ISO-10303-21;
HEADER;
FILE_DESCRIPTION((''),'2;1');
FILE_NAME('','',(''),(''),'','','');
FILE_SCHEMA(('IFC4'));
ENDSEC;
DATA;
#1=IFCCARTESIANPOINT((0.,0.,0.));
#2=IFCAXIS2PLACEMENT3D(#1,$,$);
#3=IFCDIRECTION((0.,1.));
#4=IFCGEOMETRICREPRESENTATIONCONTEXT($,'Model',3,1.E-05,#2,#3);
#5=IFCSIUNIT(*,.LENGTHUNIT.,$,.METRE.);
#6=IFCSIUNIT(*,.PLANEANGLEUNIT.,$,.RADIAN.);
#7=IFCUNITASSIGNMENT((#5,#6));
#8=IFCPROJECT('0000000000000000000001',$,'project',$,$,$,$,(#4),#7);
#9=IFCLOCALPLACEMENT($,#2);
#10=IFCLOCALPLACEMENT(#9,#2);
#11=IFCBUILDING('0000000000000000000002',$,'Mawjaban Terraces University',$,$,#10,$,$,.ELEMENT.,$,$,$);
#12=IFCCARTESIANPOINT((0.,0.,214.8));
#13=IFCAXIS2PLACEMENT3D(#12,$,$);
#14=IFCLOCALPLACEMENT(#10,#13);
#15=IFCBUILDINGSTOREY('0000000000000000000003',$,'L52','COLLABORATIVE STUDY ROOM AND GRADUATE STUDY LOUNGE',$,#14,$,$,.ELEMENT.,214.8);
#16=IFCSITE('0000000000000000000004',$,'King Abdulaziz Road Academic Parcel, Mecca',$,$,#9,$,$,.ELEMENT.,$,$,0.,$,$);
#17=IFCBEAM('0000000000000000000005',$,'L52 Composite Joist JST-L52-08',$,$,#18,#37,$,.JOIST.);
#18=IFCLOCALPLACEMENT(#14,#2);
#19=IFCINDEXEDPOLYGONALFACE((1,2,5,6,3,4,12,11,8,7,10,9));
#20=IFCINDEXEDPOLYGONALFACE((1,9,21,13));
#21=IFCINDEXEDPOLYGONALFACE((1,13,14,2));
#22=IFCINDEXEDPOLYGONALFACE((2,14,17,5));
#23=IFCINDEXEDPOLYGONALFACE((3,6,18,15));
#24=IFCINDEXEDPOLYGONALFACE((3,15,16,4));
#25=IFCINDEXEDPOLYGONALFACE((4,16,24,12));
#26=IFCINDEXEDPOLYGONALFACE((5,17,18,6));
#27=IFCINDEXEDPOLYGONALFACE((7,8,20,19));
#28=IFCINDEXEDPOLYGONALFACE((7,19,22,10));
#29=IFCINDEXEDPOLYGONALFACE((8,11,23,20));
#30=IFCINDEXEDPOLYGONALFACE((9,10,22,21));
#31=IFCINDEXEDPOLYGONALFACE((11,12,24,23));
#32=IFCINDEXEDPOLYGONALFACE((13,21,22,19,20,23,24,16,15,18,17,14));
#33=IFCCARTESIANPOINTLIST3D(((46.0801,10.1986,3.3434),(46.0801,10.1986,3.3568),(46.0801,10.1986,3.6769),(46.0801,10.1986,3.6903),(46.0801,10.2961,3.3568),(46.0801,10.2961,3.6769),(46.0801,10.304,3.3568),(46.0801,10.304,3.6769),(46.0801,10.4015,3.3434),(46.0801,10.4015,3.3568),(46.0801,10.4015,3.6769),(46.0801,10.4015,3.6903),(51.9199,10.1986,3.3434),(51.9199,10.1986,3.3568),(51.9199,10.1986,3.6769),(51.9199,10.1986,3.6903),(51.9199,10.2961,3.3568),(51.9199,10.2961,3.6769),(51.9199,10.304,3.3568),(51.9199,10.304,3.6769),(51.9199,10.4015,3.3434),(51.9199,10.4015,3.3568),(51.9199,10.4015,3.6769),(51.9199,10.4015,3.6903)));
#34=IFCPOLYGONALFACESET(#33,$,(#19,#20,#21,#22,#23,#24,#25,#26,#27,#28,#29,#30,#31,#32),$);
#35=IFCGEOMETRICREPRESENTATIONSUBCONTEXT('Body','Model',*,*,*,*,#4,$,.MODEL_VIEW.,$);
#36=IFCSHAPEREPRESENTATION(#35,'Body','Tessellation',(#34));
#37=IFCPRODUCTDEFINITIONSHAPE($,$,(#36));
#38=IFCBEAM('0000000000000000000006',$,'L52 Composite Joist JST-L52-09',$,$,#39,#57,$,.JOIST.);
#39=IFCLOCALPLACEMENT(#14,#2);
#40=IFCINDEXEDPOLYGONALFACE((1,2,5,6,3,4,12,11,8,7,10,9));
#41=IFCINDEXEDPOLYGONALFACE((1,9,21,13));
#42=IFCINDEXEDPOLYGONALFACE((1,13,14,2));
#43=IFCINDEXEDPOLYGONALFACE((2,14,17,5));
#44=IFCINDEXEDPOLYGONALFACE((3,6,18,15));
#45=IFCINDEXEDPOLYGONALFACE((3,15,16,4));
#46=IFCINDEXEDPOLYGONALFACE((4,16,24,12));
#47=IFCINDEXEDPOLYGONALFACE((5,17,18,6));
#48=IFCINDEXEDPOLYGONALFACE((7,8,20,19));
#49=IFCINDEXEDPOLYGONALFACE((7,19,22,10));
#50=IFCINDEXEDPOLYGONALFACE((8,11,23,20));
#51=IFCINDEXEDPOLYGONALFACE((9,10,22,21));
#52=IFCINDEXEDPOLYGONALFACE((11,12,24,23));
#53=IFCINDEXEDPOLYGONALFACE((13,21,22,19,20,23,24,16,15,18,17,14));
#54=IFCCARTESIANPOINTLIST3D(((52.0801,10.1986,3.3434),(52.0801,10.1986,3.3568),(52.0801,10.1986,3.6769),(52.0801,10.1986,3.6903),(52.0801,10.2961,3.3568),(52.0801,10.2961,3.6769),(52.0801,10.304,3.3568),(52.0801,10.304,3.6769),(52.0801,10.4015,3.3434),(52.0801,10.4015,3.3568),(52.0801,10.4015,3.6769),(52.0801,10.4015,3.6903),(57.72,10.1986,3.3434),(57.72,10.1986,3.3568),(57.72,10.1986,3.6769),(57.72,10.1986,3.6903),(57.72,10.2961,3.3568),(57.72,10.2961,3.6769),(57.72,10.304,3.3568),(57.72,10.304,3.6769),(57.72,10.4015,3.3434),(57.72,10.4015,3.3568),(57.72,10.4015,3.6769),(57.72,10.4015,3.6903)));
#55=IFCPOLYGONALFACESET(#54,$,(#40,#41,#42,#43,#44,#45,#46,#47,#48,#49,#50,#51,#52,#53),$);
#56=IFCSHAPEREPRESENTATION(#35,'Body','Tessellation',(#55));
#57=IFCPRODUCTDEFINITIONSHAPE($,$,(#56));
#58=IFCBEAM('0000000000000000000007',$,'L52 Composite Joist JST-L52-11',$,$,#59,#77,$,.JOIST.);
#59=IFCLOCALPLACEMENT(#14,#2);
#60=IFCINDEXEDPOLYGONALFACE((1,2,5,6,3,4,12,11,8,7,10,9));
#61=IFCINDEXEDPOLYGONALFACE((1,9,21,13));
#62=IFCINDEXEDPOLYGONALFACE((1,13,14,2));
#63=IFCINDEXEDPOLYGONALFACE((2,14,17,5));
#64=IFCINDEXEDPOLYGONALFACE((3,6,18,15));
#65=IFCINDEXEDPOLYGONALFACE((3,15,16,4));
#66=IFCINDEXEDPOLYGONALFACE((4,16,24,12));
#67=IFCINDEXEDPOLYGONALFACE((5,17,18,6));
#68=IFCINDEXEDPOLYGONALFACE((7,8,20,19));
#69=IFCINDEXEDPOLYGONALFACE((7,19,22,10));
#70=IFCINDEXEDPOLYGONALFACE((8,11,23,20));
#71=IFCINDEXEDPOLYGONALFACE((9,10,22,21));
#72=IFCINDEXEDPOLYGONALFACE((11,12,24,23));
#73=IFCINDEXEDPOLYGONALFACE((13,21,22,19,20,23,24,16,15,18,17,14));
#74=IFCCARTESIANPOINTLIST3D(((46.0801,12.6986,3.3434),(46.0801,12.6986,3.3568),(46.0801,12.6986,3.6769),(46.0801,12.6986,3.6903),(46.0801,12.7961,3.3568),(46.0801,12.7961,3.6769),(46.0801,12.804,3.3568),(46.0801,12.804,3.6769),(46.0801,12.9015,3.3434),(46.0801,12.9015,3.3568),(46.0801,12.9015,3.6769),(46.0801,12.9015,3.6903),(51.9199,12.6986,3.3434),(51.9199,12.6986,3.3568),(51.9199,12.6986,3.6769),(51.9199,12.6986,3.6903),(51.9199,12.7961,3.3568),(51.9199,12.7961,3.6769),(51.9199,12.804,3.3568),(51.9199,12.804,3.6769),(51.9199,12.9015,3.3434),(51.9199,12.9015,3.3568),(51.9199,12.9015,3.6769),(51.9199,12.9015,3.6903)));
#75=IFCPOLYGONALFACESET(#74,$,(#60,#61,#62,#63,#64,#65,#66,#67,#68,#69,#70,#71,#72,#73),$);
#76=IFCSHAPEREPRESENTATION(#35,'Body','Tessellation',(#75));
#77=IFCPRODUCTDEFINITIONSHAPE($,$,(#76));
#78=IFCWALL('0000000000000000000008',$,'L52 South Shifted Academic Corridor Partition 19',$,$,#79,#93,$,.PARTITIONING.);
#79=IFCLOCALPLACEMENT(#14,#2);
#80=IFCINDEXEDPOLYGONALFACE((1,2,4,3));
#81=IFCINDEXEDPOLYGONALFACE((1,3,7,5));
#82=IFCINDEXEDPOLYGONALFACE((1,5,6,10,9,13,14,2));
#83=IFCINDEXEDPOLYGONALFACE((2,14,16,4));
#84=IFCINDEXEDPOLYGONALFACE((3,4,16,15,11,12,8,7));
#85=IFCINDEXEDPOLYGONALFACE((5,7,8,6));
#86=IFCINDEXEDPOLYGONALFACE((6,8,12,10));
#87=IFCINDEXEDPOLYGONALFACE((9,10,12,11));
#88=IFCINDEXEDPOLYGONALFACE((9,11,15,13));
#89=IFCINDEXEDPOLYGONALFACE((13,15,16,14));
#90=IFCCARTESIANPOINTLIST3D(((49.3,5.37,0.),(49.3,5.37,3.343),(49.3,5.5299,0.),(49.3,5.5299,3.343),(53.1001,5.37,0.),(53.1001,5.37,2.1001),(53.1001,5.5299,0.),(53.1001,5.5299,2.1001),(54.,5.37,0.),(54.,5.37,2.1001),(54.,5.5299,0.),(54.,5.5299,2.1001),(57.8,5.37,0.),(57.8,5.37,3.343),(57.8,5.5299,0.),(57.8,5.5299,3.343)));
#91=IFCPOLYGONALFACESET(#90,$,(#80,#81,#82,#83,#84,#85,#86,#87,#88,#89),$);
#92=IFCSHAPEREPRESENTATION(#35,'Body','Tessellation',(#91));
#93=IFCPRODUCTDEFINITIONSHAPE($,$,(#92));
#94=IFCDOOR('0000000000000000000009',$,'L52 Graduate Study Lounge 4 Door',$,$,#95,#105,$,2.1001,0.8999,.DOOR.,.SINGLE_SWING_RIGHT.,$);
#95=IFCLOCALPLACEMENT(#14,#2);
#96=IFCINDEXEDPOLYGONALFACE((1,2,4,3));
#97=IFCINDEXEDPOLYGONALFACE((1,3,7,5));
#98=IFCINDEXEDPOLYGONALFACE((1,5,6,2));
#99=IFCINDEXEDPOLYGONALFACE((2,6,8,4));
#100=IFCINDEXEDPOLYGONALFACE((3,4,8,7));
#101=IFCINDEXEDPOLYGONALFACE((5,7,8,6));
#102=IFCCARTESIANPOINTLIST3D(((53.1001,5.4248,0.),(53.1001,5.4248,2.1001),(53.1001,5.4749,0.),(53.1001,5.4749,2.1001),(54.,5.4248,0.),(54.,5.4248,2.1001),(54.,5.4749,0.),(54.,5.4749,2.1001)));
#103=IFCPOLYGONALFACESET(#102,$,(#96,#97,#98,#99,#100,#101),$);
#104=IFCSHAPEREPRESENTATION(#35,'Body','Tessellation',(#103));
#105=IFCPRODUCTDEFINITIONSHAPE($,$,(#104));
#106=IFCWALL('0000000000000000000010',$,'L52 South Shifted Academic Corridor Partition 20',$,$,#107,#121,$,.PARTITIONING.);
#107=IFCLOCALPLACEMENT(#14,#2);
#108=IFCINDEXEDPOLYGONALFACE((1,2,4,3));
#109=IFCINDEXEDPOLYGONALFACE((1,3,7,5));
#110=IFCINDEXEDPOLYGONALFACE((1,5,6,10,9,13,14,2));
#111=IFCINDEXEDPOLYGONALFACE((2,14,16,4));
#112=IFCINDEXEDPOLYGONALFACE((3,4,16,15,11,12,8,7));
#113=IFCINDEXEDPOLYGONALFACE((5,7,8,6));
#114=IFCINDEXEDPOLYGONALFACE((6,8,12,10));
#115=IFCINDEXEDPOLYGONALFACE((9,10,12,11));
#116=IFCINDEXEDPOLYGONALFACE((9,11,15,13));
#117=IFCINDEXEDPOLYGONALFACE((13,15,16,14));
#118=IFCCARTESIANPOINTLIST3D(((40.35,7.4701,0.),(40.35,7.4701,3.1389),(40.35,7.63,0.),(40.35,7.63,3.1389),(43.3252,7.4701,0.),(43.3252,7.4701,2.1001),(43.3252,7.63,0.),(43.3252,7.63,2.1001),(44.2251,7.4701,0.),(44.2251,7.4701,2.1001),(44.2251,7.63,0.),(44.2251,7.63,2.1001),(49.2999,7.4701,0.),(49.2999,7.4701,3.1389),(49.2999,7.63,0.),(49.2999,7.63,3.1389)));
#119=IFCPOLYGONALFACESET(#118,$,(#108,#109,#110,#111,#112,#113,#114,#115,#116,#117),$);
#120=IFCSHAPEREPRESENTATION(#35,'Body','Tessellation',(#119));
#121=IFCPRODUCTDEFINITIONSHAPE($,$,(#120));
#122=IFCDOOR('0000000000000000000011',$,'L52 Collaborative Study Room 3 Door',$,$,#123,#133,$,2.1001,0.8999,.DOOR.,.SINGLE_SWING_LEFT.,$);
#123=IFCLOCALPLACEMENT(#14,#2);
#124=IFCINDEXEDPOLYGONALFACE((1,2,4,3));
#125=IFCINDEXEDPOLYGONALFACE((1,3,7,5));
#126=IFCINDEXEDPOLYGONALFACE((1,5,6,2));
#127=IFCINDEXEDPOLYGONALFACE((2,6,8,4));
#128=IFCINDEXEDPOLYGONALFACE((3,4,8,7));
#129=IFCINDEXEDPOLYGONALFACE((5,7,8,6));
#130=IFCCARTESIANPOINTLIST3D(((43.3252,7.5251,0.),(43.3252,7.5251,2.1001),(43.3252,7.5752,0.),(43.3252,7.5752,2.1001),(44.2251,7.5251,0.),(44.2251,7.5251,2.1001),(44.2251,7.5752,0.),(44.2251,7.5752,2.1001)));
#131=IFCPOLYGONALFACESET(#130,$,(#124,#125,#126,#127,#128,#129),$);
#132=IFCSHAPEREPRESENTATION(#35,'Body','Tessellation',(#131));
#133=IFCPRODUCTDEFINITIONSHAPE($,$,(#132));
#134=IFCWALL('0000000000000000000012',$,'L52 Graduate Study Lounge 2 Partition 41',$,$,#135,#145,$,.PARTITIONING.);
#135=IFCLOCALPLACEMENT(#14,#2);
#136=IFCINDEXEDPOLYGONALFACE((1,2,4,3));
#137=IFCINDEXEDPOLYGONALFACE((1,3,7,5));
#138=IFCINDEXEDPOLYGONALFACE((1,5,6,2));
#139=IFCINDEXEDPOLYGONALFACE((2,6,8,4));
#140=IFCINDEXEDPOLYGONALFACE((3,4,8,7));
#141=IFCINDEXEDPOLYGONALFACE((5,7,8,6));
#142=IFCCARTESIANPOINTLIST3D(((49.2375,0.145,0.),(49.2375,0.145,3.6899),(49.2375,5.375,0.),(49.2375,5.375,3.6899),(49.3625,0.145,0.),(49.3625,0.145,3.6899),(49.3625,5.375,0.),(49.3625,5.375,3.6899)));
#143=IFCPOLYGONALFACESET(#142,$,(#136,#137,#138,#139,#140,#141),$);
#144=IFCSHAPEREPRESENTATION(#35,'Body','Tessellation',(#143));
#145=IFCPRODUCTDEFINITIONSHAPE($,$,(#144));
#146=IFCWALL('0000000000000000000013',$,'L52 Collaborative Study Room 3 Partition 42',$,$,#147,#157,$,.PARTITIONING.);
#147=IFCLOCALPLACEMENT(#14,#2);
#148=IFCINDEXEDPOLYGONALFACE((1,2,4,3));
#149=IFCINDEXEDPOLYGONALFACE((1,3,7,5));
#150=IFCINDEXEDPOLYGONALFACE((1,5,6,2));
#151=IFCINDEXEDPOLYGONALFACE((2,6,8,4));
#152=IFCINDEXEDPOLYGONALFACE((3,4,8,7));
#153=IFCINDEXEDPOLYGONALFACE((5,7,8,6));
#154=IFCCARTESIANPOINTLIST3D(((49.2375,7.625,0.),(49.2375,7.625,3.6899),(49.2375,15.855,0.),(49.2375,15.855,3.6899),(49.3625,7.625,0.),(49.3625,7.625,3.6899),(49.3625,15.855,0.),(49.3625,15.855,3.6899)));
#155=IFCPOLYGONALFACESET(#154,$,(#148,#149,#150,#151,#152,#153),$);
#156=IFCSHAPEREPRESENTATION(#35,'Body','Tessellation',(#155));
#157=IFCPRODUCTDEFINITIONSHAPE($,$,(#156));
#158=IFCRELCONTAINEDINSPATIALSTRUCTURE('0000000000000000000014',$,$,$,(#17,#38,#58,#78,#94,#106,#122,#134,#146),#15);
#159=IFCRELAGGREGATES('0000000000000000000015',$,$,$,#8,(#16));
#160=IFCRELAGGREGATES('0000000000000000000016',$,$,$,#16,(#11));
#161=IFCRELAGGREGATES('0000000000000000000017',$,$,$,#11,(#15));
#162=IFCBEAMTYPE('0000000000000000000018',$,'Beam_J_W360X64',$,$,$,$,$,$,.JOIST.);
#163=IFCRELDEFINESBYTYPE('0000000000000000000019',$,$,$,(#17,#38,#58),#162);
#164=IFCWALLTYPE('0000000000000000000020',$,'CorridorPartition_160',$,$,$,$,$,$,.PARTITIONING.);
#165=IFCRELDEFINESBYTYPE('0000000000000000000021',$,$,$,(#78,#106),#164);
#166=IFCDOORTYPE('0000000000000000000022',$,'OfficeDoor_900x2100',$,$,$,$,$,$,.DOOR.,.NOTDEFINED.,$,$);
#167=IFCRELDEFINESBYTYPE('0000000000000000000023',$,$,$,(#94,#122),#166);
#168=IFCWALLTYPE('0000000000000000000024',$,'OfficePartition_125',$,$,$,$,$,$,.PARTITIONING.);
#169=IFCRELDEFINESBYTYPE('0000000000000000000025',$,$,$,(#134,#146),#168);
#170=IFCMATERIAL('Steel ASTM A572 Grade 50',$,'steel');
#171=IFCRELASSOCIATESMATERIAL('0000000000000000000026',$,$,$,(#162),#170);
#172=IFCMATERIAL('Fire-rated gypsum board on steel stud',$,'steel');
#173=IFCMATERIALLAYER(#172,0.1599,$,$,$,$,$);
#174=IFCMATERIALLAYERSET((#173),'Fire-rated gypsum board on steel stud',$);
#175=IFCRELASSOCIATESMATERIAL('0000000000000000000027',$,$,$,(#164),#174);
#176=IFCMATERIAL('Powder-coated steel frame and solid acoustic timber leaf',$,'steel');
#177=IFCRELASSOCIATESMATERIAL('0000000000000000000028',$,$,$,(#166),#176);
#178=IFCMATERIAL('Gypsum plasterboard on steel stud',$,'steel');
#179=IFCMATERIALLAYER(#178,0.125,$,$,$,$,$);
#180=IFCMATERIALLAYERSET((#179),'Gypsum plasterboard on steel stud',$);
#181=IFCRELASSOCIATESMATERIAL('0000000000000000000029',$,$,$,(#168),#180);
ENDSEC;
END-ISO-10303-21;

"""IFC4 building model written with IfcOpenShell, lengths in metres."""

from ifc_helpers import new_model, si_unit, direction, frame, frame_2d, origin, origin_2d, place, context, subcontext, project, spatial, rectangle, i_section, extrude, material, layer, layer_set, material_profile, profile_set, type_object, element, fill, save


model = new_model("IFC4")

# Units and contexts
model_context = context("Model", 3, precision=1e-05, world=origin(), true_north=direction((0.0, 1.0)))
body_context = subcontext(model_context, "Body", "Model", "MODEL_VIEW")
ifc_project = project(units=[si_unit("LENGTHUNIT", "METRE"), si_unit("PLANEANGLEUNIT", "RADIAN")], contexts=[model_context])

# Site, building, storey
site_placement = place(None, origin())
site = spatial("IfcSite", under=ifc_project, at=site_placement, Name="King Abdulaziz Road Academic Parcel, Mecca", CompositionType="ELEMENT", RefElevation=0.0)
building_placement = place(site_placement, origin())
building = spatial("IfcBuilding", under=site, at=building_placement, Name="Mawjaban Terraces University", CompositionType="ELEMENT")
storey_placement = place(building_placement, frame((0.0, 0.0, 214.8)))
storey = spatial("IfcBuildingStorey", under=building, at=storey_placement, Name="L52", Description="COLLABORATIVE STUDY ROOM AND GRADUATE STUDY LOUNGE", CompositionType="ELEMENT", Elevation=214.8)

# Beams
ifc_material_1 = material(Name="Steel ASTM A572 Grade 50", Category="steel")
ifc_material_profile_1 = material_profile(ifc_material_1, i_section(OverallWidth=0.2029, OverallDepth=0.3469, WebThickness=0.0078, FlangeThickness=0.0134, at=origin_2d()), Name="W360X64")
ifc_profile_set_1 = profile_set([ifc_material_profile_1], Name="Steel ASTM A572 Grade 50")
beam_type_1 = type_object("IfcBeamType", Name="Beam_J_W360X64", PredefinedType="JOIST", material=ifc_profile_set_1)
beam_1_placement = place(storey_placement, frame((46.0801, 10.3, 3.5168), z_axis=(1.0, 0.0, 0.0), x_axis=(0.0, 1.0, 0.0)))
element("IfcBeam", 1, at=beam_1_placement, inside=storey, type_object=beam_type_1, Name="L52 Composite Joist JST-L52-08", PredefinedType="JOIST", context=body_context, shape_type="SweptSolid", body=[
    extrude(i_section(OverallWidth=0.2029, OverallDepth=0.3469, WebThickness=0.0078, FlangeThickness=0.0134, at=origin_2d()), origin(), (0.0, 0.0, 1.0), 5.8398),
])
beam_2_placement = place(storey_placement, frame((52.0801, 10.3, 3.5168), z_axis=(1.0, 0.0, 0.0), x_axis=(0.0, 1.0, 0.0)))
element("IfcBeam", 2, at=beam_2_placement, inside=storey, type_object=beam_type_1, Name="L52 Composite Joist JST-L52-09", PredefinedType="JOIST", context=body_context, shape_type="SweptSolid", body=[
    extrude(i_section(OverallWidth=0.2029, OverallDepth=0.3469, WebThickness=0.0078, FlangeThickness=0.0134, at=origin_2d()), origin(), (0.0, 0.0, 1.0), 5.6399),
])
beam_3_placement = place(storey_placement, frame((46.0801, 12.8, 3.5168), z_axis=(1.0, 0.0, 0.0), x_axis=(0.0, 1.0, 0.0)))
element("IfcBeam", 3, at=beam_3_placement, inside=storey, type_object=beam_type_1, Name="L52 Composite Joist JST-L52-11", PredefinedType="JOIST", context=body_context, shape_type="SweptSolid", body=[
    extrude(i_section(OverallWidth=0.2029, OverallDepth=0.3469, WebThickness=0.0078, FlangeThickness=0.0134, at=origin_2d()), origin(), (0.0, 0.0, 1.0), 5.8398),
])

# Walls, openings, doors
ifc_material_2 = material(Name="Fire-rated gypsum board on steel stud", Category="steel")
ifc_layer_1 = layer(ifc_material_2, 0.1599)
ifc_layer_set_1 = layer_set([ifc_layer_1], Name="Fire-rated gypsum board on steel stud")
wall_type_1 = type_object("IfcWallType", Name="CorridorPartition_160", PredefinedType="PARTITIONING", material=ifc_layer_set_1)
wall_1_placement = place(storey_placement, frame((49.3, 5.45, 0.0), z_axis=(0.0, 0.0, 1.0), x_axis=(1.0, 0.0, 0.0)))
wall_1 = element("IfcWall", 4, at=wall_1_placement, inside=storey, type_object=wall_type_1, Name="L52 South Shifted Academic Corridor Partition 19", PredefinedType="PARTITIONING", context=body_context, shape_type="SweptSolid", body=[
    extrude(rectangle(XDim=8.5, YDim=0.1599, at=frame_2d((4.25, 0.0))), origin(), (0.0, 0.0, 1.0), 3.343),
])
opening_1_placement = place(wall_1_placement, frame((3.8, 0.0, 0.0)))
opening_1 = element("IfcOpeningElement", 5, at=opening_1_placement, cuts=wall_1, PredefinedType="OPENING", context=body_context, shape_type="SweptSolid", body=[
    extrude(rectangle(XDim=0.8999, YDim=2.1001, at=frame_2d((0.45, 1.05))), frame((0.0, 0.0898, 0.0), z_axis=(0.0, -1.0, 0.0), x_axis=(1.0, 0.0, 0.0)), (0.0, 0.0, 1.0), 0.1799),
])
ifc_material_3 = material(Name="Powder-coated steel frame and solid acoustic timber leaf", Category="steel")
door_type = type_object("IfcDoorType", Name="OfficeDoor_900x2100", OperationType="NOTDEFINED", PredefinedType="DOOR", material=ifc_material_3)
door_1_placement = place(opening_1_placement, origin())
door_1 = element("IfcDoor", 6, at=door_1_placement, inside=storey, type_object=door_type, Name="L52 Graduate Study Lounge 4 Door", OperationType="SINGLE_SWING_RIGHT", OverallHeight=2.1001, OverallWidth=0.8999, PredefinedType="DOOR", context=body_context, shape_type="SweptSolid", body=[
    extrude(rectangle(XDim=0.8999, YDim=2.1001, at=frame_2d((0.45, 1.05))), frame((0.0, 0.0249, 0.0), z_axis=(0.0, -1.0, 0.0), x_axis=(1.0, 0.0, 0.0)), (0.0, 0.0, 1.0), 0.05),
])
fill(opening_1, door_1)
wall_2_placement = place(storey_placement, frame((49.3, 7.55, 0.0), z_axis=(0.0, 0.0, 1.0), x_axis=(-1.0, 0.0, 0.0)))
wall_2 = element("IfcWall", 7, at=wall_2_placement, inside=storey, type_object=wall_type_1, Name="L52 South Shifted Academic Corridor Partition 20", PredefinedType="PARTITIONING", context=body_context, shape_type="SweptSolid", body=[
    extrude(rectangle(XDim=8.95, YDim=0.1599, at=frame_2d((4.4751, 0.0))), origin(), (0.0, 0.0, 1.0), 3.1389),
])
opening_2_placement = place(wall_2_placement, frame((5.075, 0.0, 0.0)))
opening_2 = element("IfcOpeningElement", 8, at=opening_2_placement, cuts=wall_2, PredefinedType="OPENING", context=body_context, shape_type="SweptSolid", body=[
    extrude(rectangle(XDim=0.8999, YDim=2.1001, at=frame_2d((0.45, 1.05))), frame((0.0, 0.0898, 0.0), z_axis=(0.0, -1.0, 0.0), x_axis=(1.0, 0.0, 0.0)), (0.0, 0.0, 1.0), 0.1799),
])
door_2_placement = place(opening_2_placement, origin())
door_2 = element("IfcDoor", 9, at=door_2_placement, inside=storey, type_object=door_type, Name="L52 Collaborative Study Room 3 Door", OperationType="SINGLE_SWING_LEFT", OverallHeight=2.1001, OverallWidth=0.8999, PredefinedType="DOOR", context=body_context, shape_type="SweptSolid", body=[
    extrude(rectangle(XDim=0.8999, YDim=2.1001, at=frame_2d((0.45, 1.05))), frame((0.0, 0.0249, 0.0), z_axis=(0.0, -1.0, 0.0), x_axis=(1.0, 0.0, 0.0)), (0.0, 0.0, 1.0), 0.05),
])
fill(opening_2, door_2)

# Walls
ifc_material_4 = material(Name="Gypsum plasterboard on steel stud", Category="steel")
ifc_layer_2 = layer(ifc_material_4, 0.125)
ifc_layer_set_2 = layer_set([ifc_layer_2], Name="Gypsum plasterboard on steel stud")
wall_type_2 = type_object("IfcWallType", Name="OfficePartition_125", PredefinedType="PARTITIONING", material=ifc_layer_set_2)
wall_3_placement = place(storey_placement, frame((49.3, 0.145, 0.0), z_axis=(0.0, 0.0, 1.0), x_axis=(0.0, 1.0, 0.0)))
element("IfcWall", 10, at=wall_3_placement, inside=storey, type_object=wall_type_2, Name="L52 Graduate Study Lounge 2 Partition 41", PredefinedType="PARTITIONING", context=body_context, shape_type="SweptSolid", body=[
    extrude(rectangle(XDim=5.23, YDim=0.125, at=frame_2d((2.615, 0.0))), origin(), (0.0, 0.0, 1.0), 3.6899),
])
wall_4_placement = place(storey_placement, frame((49.3, 7.625, 0.0), z_axis=(0.0, 0.0, 1.0), x_axis=(0.0, 1.0, 0.0)))
element("IfcWall", 11, at=wall_4_placement, inside=storey, type_object=wall_type_2, Name="L52 Collaborative Study Room 3 Partition 42", PredefinedType="PARTITIONING", context=body_context, shape_type="SweptSolid", body=[
    extrude(rectangle(XDim=8.23, YDim=0.125, at=frame_2d((4.115, 0.0))), origin(), (0.0, 0.0, 1.0), 3.6899),
])

save(model, "model.ifc")
